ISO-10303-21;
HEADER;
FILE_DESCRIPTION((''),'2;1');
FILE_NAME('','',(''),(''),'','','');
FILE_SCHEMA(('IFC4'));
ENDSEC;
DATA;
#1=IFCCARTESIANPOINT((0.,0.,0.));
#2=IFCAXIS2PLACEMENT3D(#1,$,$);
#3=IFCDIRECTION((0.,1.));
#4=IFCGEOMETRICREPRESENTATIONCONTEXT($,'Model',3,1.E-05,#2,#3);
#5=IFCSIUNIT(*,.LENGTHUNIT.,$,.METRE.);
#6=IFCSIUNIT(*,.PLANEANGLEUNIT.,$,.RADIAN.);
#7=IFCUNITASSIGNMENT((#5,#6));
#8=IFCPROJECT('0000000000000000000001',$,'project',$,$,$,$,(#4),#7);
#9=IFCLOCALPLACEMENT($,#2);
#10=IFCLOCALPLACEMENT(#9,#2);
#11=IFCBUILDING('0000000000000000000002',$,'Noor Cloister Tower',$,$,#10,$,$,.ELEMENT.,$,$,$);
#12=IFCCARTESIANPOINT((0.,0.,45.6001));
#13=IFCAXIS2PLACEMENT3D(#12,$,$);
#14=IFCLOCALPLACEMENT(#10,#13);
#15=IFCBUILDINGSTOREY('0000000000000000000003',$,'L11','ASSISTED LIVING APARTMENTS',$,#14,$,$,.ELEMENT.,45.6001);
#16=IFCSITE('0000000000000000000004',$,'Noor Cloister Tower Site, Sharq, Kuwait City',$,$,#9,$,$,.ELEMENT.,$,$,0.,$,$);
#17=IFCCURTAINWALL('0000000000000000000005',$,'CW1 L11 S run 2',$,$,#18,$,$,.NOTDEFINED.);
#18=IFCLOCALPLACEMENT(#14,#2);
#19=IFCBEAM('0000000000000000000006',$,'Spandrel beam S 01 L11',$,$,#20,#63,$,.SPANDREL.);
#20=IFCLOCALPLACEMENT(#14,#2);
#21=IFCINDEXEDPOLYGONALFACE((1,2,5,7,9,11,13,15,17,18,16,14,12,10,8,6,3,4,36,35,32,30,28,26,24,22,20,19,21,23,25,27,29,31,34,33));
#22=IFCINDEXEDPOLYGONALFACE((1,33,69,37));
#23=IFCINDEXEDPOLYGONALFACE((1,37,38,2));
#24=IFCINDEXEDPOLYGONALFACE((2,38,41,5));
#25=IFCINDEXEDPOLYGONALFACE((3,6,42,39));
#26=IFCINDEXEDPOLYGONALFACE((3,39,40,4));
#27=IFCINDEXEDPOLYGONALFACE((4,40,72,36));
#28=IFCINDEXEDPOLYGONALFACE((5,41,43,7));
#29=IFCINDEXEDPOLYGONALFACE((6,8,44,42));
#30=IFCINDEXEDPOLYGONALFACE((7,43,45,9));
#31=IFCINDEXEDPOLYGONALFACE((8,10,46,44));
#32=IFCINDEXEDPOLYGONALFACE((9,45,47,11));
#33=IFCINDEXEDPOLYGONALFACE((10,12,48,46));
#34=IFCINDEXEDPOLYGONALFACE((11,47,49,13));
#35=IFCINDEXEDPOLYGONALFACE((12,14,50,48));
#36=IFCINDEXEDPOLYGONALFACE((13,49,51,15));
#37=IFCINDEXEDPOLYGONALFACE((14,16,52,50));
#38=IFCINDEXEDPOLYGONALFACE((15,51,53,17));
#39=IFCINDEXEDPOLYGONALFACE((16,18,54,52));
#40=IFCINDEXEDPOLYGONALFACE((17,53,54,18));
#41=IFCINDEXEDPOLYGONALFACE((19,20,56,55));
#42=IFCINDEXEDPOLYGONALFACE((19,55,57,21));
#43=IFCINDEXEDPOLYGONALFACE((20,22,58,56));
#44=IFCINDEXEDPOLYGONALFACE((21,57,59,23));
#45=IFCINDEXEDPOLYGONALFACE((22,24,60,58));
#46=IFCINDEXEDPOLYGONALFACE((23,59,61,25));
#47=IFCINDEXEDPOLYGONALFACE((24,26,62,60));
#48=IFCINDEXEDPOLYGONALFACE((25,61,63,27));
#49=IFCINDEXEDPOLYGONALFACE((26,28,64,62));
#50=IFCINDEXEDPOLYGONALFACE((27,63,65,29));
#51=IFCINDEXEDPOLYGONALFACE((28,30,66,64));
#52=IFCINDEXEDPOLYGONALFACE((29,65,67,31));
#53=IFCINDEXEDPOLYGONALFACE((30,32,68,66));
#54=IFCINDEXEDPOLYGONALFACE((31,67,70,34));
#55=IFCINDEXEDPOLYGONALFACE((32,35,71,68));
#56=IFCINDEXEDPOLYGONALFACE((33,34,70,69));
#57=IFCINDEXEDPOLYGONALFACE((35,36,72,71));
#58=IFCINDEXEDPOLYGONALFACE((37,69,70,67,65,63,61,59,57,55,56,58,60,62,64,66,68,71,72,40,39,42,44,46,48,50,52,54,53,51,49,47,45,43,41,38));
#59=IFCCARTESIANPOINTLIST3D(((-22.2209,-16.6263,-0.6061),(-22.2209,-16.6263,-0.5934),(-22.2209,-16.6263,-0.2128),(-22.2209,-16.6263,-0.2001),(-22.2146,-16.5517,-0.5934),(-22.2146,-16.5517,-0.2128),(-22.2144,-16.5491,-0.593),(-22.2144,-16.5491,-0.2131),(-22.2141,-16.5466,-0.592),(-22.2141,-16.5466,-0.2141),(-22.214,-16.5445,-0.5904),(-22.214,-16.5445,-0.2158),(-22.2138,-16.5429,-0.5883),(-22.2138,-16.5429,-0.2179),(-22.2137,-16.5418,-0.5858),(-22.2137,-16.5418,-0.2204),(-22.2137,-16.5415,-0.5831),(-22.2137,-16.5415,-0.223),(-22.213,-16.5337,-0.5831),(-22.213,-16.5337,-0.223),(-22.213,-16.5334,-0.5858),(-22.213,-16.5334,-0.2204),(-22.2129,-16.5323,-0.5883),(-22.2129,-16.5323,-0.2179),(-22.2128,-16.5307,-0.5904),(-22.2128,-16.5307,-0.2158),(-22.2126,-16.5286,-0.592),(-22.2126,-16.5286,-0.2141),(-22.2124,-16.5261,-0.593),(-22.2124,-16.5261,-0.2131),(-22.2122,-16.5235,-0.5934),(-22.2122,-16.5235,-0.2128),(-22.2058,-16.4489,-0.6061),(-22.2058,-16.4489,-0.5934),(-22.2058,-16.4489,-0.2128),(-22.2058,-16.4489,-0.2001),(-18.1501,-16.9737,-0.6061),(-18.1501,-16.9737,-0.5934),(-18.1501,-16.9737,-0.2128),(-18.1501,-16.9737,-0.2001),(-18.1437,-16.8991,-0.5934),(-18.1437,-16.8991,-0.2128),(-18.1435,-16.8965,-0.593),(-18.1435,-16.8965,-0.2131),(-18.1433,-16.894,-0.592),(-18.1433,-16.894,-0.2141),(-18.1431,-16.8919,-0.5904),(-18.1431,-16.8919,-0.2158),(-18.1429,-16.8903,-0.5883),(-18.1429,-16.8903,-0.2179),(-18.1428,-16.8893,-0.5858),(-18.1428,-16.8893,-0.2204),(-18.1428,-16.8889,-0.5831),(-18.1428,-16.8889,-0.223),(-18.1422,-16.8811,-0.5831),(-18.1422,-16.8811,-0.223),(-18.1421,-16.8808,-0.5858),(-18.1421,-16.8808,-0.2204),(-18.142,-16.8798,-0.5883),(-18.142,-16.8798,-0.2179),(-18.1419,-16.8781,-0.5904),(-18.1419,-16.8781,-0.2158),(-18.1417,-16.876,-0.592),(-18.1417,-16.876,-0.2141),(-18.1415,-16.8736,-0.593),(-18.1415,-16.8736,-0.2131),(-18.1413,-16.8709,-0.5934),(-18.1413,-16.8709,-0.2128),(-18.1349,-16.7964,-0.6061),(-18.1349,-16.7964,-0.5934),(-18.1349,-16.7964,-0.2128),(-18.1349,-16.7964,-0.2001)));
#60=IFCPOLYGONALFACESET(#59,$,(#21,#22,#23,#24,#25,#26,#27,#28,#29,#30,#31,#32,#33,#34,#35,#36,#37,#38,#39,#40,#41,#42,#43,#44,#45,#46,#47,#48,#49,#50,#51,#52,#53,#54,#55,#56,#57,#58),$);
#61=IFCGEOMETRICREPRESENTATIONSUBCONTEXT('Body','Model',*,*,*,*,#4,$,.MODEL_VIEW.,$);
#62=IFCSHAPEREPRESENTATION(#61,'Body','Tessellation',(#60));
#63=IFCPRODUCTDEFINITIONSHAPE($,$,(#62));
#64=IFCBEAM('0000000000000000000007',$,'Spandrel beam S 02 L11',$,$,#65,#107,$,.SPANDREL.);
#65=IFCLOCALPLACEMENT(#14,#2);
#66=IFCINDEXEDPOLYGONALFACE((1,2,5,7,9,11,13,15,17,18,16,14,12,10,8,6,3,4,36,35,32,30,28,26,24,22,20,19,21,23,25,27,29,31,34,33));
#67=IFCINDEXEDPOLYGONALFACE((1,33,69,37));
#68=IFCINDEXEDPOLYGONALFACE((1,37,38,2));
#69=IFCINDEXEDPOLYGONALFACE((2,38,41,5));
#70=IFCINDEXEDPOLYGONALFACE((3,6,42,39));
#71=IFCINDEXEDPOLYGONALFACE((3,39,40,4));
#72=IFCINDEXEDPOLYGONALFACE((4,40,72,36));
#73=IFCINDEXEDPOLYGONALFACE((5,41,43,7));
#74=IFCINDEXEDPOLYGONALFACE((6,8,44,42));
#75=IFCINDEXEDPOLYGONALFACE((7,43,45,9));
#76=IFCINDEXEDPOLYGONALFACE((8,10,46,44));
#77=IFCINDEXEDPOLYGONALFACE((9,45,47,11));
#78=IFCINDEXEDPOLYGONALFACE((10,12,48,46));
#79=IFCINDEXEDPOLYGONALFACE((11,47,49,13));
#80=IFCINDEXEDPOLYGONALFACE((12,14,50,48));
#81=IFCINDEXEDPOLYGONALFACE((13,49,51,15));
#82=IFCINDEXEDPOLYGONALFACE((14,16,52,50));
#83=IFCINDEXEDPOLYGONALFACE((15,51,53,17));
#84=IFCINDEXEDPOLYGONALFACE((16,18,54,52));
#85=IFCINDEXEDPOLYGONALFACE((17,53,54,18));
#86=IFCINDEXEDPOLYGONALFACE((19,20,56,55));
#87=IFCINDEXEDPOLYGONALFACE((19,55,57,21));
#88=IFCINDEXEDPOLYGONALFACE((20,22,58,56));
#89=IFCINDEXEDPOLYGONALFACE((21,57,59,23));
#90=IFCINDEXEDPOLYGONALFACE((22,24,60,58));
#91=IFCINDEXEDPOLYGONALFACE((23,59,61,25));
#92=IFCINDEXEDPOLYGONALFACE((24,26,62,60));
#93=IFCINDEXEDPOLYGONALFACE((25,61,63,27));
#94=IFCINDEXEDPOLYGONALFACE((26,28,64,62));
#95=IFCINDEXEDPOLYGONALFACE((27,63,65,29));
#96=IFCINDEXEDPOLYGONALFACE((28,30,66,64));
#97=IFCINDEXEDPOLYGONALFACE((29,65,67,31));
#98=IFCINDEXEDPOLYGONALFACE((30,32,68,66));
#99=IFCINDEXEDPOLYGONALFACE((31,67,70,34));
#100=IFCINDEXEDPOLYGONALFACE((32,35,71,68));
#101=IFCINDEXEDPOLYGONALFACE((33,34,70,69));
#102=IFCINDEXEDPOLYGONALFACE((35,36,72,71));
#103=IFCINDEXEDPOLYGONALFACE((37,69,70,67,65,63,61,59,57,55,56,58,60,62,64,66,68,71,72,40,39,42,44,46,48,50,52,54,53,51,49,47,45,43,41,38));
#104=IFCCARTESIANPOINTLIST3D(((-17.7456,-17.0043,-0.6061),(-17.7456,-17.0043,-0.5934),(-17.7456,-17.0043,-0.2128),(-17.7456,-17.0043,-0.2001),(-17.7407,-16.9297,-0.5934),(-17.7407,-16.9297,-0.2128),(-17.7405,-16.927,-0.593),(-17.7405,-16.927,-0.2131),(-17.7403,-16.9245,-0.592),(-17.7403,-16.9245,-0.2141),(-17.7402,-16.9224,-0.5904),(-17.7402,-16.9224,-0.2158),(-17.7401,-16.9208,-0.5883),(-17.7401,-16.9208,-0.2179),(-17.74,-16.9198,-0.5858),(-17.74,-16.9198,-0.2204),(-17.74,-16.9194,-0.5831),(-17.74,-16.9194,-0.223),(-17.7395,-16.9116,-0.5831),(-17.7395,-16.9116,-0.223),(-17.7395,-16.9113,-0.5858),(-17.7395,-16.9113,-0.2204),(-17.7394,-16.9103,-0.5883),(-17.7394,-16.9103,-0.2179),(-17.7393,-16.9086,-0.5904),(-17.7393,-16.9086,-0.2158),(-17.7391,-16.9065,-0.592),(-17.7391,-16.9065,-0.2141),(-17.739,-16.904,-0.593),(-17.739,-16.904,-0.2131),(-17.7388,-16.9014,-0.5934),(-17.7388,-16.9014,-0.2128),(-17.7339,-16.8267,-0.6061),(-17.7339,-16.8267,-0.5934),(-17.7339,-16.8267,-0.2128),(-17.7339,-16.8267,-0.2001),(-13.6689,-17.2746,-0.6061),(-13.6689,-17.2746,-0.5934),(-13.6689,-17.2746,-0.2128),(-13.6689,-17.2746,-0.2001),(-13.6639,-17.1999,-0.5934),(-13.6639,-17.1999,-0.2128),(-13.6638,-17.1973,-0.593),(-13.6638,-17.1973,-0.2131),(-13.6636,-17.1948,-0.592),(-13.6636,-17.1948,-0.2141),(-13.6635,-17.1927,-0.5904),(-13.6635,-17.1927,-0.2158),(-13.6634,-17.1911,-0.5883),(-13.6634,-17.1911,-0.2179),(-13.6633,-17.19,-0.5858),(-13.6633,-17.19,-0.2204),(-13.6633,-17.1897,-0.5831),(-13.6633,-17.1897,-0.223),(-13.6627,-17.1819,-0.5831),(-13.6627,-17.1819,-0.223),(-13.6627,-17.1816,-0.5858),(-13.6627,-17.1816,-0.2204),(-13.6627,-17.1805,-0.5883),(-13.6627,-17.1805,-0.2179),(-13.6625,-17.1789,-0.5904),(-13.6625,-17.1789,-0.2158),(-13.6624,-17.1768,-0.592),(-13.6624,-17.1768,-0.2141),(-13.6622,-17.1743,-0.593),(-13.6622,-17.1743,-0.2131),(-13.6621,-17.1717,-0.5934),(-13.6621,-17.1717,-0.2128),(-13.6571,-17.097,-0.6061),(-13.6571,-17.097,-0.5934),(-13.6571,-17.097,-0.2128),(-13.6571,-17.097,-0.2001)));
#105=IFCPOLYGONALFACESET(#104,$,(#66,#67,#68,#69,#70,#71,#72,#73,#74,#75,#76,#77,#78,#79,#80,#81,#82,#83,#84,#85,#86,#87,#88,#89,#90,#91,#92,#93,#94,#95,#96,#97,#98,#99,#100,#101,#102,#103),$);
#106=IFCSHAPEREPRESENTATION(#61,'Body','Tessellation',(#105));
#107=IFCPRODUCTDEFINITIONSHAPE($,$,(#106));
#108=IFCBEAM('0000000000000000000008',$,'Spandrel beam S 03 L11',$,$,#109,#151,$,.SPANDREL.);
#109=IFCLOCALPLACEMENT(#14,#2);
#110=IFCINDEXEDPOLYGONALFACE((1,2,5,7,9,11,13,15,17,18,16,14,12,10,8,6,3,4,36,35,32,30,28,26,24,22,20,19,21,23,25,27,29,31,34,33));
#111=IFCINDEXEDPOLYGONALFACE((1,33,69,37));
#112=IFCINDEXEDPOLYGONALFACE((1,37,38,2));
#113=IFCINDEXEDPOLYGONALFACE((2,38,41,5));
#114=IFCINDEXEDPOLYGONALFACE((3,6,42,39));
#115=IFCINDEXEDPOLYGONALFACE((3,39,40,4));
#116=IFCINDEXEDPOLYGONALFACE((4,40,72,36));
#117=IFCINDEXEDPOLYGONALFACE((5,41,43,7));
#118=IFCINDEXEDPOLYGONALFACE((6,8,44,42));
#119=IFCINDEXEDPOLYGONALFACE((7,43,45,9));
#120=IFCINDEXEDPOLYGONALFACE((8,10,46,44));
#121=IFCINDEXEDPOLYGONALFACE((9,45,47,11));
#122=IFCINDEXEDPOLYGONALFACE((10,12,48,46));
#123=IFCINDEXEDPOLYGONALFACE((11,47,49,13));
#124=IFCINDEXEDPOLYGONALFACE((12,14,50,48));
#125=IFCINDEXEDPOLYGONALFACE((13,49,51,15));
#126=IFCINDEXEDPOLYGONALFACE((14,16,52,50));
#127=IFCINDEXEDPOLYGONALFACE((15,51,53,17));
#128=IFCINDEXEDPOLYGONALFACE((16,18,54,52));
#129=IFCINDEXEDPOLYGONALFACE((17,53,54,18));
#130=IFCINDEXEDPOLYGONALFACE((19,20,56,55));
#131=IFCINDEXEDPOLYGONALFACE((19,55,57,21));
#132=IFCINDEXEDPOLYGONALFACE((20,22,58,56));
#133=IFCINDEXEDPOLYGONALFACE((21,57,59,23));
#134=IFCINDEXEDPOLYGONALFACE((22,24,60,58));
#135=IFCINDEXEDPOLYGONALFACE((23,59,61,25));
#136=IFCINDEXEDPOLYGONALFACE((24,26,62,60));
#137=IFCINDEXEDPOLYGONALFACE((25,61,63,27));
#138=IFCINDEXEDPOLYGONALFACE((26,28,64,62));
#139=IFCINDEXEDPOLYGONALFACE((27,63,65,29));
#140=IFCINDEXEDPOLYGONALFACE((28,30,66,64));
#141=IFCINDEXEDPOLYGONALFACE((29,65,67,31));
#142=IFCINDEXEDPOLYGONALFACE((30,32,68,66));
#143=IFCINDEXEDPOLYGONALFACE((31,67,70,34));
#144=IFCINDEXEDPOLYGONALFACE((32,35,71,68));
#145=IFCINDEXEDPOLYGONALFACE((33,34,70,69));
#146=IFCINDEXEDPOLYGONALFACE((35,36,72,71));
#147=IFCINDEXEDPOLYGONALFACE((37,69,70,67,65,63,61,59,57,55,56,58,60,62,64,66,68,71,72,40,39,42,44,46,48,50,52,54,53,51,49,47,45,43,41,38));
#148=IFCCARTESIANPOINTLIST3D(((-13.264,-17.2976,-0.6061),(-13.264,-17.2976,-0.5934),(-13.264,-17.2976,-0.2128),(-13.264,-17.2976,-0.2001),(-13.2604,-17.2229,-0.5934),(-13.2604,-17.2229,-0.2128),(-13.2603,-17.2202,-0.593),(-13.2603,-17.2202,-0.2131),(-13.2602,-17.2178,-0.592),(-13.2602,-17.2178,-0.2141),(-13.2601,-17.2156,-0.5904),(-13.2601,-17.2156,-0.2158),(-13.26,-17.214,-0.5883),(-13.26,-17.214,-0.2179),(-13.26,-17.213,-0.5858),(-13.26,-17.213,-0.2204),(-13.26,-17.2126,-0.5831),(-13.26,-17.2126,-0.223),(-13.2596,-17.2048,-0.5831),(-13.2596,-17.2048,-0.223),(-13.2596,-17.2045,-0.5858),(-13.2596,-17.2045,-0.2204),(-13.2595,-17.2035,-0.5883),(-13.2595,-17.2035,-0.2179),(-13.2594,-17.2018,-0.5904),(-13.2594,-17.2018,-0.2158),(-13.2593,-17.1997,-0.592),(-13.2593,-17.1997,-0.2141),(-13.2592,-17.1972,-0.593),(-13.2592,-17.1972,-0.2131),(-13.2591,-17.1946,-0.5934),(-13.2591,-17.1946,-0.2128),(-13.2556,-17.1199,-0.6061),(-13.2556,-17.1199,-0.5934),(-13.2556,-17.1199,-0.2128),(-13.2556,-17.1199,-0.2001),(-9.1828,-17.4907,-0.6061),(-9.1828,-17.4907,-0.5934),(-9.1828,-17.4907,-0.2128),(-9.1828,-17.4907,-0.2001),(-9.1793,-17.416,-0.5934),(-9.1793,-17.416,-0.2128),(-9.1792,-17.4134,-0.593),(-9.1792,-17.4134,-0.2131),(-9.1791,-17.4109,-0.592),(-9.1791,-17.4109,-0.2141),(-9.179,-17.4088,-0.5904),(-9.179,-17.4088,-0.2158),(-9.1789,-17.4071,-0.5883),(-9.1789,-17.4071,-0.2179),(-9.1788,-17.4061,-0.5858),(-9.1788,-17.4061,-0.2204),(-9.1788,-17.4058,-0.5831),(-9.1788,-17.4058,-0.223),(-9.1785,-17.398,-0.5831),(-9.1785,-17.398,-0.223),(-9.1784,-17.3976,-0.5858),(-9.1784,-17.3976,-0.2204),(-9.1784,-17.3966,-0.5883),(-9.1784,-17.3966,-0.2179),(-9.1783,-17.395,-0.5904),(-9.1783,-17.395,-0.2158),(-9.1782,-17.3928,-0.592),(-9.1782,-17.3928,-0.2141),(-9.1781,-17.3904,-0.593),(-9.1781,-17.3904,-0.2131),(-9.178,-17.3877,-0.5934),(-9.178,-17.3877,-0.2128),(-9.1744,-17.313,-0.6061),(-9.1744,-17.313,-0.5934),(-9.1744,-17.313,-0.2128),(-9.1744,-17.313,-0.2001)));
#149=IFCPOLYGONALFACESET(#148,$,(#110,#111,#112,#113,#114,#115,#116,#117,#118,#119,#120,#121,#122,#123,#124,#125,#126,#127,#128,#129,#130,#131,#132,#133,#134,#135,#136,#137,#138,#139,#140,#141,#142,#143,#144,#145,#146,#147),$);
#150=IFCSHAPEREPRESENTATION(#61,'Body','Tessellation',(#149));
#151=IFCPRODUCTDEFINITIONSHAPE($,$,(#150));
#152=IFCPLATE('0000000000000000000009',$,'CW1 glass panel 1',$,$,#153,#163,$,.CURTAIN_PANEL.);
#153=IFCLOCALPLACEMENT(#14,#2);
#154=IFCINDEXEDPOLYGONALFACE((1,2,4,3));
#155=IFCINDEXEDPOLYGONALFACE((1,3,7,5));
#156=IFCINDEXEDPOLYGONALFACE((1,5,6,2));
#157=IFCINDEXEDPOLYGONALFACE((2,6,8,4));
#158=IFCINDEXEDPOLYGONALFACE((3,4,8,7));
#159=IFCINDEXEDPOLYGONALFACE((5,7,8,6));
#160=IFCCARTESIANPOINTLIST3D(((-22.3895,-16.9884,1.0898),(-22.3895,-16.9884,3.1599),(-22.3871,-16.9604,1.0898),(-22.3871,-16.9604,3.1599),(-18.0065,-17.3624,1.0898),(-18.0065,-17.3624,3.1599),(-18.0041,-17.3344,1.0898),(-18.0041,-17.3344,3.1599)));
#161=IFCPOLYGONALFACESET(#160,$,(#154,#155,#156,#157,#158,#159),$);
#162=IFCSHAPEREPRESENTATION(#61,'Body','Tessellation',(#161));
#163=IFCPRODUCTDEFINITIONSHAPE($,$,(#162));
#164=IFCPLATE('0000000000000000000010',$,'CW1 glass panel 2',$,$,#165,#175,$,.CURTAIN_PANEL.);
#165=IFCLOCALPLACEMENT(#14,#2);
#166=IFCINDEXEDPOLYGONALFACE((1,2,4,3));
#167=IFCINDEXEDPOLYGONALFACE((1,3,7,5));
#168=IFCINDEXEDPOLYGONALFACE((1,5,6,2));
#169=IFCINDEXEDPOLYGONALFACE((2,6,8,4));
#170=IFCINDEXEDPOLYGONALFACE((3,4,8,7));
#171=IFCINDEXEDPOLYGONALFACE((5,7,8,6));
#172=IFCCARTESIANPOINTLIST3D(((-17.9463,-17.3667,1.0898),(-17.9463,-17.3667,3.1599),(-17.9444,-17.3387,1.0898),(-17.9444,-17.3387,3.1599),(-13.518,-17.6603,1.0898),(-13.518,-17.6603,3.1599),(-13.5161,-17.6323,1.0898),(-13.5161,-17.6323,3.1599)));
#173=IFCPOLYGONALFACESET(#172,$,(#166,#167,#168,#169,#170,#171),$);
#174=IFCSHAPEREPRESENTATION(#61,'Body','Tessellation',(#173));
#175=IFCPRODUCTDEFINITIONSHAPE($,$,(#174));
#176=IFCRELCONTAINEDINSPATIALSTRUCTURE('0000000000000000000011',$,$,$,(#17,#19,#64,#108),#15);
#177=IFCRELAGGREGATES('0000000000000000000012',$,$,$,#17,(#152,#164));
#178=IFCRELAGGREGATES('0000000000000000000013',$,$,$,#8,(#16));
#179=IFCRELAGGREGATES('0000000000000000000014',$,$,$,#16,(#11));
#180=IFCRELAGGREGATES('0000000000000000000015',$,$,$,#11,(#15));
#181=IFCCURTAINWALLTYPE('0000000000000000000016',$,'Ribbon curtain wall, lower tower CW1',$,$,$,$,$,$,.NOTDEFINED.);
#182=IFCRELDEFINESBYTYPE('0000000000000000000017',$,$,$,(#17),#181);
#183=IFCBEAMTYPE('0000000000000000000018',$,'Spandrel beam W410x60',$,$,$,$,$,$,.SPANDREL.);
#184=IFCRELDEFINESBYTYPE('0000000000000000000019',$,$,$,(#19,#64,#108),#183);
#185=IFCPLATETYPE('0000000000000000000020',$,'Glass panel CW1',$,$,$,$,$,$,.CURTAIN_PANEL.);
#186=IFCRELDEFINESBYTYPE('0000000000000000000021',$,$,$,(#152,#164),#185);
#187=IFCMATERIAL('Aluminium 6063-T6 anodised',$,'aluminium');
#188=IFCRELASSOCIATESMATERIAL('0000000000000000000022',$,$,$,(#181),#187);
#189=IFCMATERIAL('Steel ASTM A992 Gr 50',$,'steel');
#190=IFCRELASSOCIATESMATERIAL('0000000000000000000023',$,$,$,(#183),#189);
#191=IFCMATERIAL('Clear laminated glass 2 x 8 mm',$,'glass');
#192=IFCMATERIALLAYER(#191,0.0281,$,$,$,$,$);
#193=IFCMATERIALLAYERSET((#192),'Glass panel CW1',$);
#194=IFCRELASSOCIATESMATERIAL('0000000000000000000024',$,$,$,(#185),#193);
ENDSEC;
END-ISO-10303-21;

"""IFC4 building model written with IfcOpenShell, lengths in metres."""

from ifc_helpers import new_model, si_unit, direction, frame, origin, origin_2d, place, context, subcontext, project, spatial, rectangle, i_section, extrude, material, layer, layer_set, material_profile, profile_set, type_object, element, aggregate, save


model = new_model("IFC4")

# Units and contexts
model_context = context("Model", 3, precision=1e-05, world=origin(), true_north=direction((0.0, 1.0)))
body_context = subcontext(model_context, "Body", "Model", "MODEL_VIEW")
ifc_project = project(units=[si_unit("LENGTHUNIT", "METRE"), si_unit("PLANEANGLEUNIT", "RADIAN")], contexts=[model_context])

# Site, building, storey
site_placement = place(None, origin())
site = spatial("IfcSite", under=ifc_project, at=site_placement, Name="Noor Cloister Tower Site, Sharq, Kuwait City", CompositionType="ELEMENT", RefElevation=0.0)
building_placement = place(site_placement, origin())
building = spatial("IfcBuilding", under=site, at=building_placement, Name="Noor Cloister Tower", CompositionType="ELEMENT")
storey_placement = place(building_placement, frame((0.0, 0.0, 45.6001)))
storey = spatial("IfcBuildingStorey", under=building, at=storey_placement, Name="L11", Description="ASSISTED LIVING APARTMENTS", CompositionType="ELEMENT", Elevation=45.6001)

# Curtain wall
ifc_material_1 = material(Name="Aluminium 6063-T6 anodised", Category="aluminium")
curtain_wall_type = type_object("IfcCurtainWallType", Name="Ribbon curtain wall, lower tower CW1", PredefinedType="NOTDEFINED", material=ifc_material_1)
curtain_wall_placement = place(storey_placement, origin())
curtain_wall = element("IfcCurtainWall", 1, at=curtain_wall_placement, inside=storey, type_object=curtain_wall_type, Name="CW1 L11 S run 2", PredefinedType="NOTDEFINED")

# Beams
ifc_material_2 = material(Name="Steel ASTM A992 Gr 50", Category="steel")
ifc_material_profile_1 = material_profile(ifc_material_2, i_section(OverallWidth=0.178, OverallDepth=0.406, WebThickness=0.0078, FlangeThickness=0.0127, FilletRadius=0.0103, at=origin_2d()), Name="W410x60")
ifc_profile_set_1 = profile_set([ifc_material_profile_1], Name="Steel ASTM A992 Gr 50")
beam_type_1 = type_object("IfcBeamType", Name="Spandrel beam W410x60", PredefinedType="SPANDREL", material=ifc_profile_set_1)
for number, where, z_axis, x_axis, name in (
    (2, (-22.2134, -16.5376, -0.4031), (0.996378, -0.085033, 0.0), (0.085033, 0.996378, 0.0), "Spandrel beam S 01 L11"),
    (3, (-17.7397, -16.9155, -0.4031), (0.99781, -0.06615, 0.0), (0.06615, 0.99781, 0.0), "Spandrel beam S 02 L11"),
    (4, (-13.2598, -17.2087, -0.4031), (0.998882, -0.047267, 0.0), (0.047267, 0.998882, 0.0), "Spandrel beam S 03 L11"),
):
    element("IfcBeam", number, at=place(storey_placement, frame(where, z_axis=z_axis, x_axis=x_axis)), inside=storey, type_object=beam_type_1, Name=name, PredefinedType="SPANDREL", context=body_context, shape_type="SweptSolid", body=[
        extrude(i_section(OverallWidth=0.178, OverallDepth=0.406, WebThickness=0.0078, FlangeThickness=0.0127, FilletRadius=0.0103, at=origin_2d()), origin(), (0.0, 0.0, 1.0), 4.0857),
    ])

# Plates
ifc_material_3 = material(Name="Clear laminated glass 2 x 8 mm", Category="glass")
ifc_layer_1 = layer(ifc_material_3, 0.0281)
ifc_layer_set_1 = layer_set([ifc_layer_1], Name="Glass panel CW1")
plate_type = type_object("IfcPlateType", Name="Glass panel CW1", PredefinedType="CURTAIN_PANEL", material=ifc_layer_set_1)
plate_1_placement = place(storey_placement, frame((-20.1968, -17.1614, 1.0898), z_axis=(0.0, 0.0, 1.0), x_axis=(0.996379, -0.085019, 0.0)))
plate_1 = element("IfcPlate", 5, at=plate_1_placement, type_object=plate_type, Name="CW1 glass panel 1", PredefinedType="CURTAIN_PANEL", context=body_context, shape_type="SweptSolid", body=[
    extrude(rectangle(XDim=4.3989, YDim=0.0281, at=origin_2d()), origin(), (0.0, 0.0, 1.0), 2.0701),
])
plate_2_placement = place(storey_placement, frame((-15.7312, -17.4995, 1.0898), z_axis=(0.0, 0.0, 1.0), x_axis=(0.997809, -0.066157, 0.0)))
plate_2 = element("IfcPlate", 6, at=plate_2_placement, type_object=plate_type, Name="CW1 glass panel 2", PredefinedType="CURTAIN_PANEL", context=body_context, shape_type="SweptSolid", body=[
    extrude(rectangle(XDim=4.438, YDim=0.0281, at=origin_2d()), origin(), (0.0, 0.0, 1.0), 2.0701),
])
aggregate(curtain_wall, [plate_1, plate_2])

save(model, "model.ifc")
